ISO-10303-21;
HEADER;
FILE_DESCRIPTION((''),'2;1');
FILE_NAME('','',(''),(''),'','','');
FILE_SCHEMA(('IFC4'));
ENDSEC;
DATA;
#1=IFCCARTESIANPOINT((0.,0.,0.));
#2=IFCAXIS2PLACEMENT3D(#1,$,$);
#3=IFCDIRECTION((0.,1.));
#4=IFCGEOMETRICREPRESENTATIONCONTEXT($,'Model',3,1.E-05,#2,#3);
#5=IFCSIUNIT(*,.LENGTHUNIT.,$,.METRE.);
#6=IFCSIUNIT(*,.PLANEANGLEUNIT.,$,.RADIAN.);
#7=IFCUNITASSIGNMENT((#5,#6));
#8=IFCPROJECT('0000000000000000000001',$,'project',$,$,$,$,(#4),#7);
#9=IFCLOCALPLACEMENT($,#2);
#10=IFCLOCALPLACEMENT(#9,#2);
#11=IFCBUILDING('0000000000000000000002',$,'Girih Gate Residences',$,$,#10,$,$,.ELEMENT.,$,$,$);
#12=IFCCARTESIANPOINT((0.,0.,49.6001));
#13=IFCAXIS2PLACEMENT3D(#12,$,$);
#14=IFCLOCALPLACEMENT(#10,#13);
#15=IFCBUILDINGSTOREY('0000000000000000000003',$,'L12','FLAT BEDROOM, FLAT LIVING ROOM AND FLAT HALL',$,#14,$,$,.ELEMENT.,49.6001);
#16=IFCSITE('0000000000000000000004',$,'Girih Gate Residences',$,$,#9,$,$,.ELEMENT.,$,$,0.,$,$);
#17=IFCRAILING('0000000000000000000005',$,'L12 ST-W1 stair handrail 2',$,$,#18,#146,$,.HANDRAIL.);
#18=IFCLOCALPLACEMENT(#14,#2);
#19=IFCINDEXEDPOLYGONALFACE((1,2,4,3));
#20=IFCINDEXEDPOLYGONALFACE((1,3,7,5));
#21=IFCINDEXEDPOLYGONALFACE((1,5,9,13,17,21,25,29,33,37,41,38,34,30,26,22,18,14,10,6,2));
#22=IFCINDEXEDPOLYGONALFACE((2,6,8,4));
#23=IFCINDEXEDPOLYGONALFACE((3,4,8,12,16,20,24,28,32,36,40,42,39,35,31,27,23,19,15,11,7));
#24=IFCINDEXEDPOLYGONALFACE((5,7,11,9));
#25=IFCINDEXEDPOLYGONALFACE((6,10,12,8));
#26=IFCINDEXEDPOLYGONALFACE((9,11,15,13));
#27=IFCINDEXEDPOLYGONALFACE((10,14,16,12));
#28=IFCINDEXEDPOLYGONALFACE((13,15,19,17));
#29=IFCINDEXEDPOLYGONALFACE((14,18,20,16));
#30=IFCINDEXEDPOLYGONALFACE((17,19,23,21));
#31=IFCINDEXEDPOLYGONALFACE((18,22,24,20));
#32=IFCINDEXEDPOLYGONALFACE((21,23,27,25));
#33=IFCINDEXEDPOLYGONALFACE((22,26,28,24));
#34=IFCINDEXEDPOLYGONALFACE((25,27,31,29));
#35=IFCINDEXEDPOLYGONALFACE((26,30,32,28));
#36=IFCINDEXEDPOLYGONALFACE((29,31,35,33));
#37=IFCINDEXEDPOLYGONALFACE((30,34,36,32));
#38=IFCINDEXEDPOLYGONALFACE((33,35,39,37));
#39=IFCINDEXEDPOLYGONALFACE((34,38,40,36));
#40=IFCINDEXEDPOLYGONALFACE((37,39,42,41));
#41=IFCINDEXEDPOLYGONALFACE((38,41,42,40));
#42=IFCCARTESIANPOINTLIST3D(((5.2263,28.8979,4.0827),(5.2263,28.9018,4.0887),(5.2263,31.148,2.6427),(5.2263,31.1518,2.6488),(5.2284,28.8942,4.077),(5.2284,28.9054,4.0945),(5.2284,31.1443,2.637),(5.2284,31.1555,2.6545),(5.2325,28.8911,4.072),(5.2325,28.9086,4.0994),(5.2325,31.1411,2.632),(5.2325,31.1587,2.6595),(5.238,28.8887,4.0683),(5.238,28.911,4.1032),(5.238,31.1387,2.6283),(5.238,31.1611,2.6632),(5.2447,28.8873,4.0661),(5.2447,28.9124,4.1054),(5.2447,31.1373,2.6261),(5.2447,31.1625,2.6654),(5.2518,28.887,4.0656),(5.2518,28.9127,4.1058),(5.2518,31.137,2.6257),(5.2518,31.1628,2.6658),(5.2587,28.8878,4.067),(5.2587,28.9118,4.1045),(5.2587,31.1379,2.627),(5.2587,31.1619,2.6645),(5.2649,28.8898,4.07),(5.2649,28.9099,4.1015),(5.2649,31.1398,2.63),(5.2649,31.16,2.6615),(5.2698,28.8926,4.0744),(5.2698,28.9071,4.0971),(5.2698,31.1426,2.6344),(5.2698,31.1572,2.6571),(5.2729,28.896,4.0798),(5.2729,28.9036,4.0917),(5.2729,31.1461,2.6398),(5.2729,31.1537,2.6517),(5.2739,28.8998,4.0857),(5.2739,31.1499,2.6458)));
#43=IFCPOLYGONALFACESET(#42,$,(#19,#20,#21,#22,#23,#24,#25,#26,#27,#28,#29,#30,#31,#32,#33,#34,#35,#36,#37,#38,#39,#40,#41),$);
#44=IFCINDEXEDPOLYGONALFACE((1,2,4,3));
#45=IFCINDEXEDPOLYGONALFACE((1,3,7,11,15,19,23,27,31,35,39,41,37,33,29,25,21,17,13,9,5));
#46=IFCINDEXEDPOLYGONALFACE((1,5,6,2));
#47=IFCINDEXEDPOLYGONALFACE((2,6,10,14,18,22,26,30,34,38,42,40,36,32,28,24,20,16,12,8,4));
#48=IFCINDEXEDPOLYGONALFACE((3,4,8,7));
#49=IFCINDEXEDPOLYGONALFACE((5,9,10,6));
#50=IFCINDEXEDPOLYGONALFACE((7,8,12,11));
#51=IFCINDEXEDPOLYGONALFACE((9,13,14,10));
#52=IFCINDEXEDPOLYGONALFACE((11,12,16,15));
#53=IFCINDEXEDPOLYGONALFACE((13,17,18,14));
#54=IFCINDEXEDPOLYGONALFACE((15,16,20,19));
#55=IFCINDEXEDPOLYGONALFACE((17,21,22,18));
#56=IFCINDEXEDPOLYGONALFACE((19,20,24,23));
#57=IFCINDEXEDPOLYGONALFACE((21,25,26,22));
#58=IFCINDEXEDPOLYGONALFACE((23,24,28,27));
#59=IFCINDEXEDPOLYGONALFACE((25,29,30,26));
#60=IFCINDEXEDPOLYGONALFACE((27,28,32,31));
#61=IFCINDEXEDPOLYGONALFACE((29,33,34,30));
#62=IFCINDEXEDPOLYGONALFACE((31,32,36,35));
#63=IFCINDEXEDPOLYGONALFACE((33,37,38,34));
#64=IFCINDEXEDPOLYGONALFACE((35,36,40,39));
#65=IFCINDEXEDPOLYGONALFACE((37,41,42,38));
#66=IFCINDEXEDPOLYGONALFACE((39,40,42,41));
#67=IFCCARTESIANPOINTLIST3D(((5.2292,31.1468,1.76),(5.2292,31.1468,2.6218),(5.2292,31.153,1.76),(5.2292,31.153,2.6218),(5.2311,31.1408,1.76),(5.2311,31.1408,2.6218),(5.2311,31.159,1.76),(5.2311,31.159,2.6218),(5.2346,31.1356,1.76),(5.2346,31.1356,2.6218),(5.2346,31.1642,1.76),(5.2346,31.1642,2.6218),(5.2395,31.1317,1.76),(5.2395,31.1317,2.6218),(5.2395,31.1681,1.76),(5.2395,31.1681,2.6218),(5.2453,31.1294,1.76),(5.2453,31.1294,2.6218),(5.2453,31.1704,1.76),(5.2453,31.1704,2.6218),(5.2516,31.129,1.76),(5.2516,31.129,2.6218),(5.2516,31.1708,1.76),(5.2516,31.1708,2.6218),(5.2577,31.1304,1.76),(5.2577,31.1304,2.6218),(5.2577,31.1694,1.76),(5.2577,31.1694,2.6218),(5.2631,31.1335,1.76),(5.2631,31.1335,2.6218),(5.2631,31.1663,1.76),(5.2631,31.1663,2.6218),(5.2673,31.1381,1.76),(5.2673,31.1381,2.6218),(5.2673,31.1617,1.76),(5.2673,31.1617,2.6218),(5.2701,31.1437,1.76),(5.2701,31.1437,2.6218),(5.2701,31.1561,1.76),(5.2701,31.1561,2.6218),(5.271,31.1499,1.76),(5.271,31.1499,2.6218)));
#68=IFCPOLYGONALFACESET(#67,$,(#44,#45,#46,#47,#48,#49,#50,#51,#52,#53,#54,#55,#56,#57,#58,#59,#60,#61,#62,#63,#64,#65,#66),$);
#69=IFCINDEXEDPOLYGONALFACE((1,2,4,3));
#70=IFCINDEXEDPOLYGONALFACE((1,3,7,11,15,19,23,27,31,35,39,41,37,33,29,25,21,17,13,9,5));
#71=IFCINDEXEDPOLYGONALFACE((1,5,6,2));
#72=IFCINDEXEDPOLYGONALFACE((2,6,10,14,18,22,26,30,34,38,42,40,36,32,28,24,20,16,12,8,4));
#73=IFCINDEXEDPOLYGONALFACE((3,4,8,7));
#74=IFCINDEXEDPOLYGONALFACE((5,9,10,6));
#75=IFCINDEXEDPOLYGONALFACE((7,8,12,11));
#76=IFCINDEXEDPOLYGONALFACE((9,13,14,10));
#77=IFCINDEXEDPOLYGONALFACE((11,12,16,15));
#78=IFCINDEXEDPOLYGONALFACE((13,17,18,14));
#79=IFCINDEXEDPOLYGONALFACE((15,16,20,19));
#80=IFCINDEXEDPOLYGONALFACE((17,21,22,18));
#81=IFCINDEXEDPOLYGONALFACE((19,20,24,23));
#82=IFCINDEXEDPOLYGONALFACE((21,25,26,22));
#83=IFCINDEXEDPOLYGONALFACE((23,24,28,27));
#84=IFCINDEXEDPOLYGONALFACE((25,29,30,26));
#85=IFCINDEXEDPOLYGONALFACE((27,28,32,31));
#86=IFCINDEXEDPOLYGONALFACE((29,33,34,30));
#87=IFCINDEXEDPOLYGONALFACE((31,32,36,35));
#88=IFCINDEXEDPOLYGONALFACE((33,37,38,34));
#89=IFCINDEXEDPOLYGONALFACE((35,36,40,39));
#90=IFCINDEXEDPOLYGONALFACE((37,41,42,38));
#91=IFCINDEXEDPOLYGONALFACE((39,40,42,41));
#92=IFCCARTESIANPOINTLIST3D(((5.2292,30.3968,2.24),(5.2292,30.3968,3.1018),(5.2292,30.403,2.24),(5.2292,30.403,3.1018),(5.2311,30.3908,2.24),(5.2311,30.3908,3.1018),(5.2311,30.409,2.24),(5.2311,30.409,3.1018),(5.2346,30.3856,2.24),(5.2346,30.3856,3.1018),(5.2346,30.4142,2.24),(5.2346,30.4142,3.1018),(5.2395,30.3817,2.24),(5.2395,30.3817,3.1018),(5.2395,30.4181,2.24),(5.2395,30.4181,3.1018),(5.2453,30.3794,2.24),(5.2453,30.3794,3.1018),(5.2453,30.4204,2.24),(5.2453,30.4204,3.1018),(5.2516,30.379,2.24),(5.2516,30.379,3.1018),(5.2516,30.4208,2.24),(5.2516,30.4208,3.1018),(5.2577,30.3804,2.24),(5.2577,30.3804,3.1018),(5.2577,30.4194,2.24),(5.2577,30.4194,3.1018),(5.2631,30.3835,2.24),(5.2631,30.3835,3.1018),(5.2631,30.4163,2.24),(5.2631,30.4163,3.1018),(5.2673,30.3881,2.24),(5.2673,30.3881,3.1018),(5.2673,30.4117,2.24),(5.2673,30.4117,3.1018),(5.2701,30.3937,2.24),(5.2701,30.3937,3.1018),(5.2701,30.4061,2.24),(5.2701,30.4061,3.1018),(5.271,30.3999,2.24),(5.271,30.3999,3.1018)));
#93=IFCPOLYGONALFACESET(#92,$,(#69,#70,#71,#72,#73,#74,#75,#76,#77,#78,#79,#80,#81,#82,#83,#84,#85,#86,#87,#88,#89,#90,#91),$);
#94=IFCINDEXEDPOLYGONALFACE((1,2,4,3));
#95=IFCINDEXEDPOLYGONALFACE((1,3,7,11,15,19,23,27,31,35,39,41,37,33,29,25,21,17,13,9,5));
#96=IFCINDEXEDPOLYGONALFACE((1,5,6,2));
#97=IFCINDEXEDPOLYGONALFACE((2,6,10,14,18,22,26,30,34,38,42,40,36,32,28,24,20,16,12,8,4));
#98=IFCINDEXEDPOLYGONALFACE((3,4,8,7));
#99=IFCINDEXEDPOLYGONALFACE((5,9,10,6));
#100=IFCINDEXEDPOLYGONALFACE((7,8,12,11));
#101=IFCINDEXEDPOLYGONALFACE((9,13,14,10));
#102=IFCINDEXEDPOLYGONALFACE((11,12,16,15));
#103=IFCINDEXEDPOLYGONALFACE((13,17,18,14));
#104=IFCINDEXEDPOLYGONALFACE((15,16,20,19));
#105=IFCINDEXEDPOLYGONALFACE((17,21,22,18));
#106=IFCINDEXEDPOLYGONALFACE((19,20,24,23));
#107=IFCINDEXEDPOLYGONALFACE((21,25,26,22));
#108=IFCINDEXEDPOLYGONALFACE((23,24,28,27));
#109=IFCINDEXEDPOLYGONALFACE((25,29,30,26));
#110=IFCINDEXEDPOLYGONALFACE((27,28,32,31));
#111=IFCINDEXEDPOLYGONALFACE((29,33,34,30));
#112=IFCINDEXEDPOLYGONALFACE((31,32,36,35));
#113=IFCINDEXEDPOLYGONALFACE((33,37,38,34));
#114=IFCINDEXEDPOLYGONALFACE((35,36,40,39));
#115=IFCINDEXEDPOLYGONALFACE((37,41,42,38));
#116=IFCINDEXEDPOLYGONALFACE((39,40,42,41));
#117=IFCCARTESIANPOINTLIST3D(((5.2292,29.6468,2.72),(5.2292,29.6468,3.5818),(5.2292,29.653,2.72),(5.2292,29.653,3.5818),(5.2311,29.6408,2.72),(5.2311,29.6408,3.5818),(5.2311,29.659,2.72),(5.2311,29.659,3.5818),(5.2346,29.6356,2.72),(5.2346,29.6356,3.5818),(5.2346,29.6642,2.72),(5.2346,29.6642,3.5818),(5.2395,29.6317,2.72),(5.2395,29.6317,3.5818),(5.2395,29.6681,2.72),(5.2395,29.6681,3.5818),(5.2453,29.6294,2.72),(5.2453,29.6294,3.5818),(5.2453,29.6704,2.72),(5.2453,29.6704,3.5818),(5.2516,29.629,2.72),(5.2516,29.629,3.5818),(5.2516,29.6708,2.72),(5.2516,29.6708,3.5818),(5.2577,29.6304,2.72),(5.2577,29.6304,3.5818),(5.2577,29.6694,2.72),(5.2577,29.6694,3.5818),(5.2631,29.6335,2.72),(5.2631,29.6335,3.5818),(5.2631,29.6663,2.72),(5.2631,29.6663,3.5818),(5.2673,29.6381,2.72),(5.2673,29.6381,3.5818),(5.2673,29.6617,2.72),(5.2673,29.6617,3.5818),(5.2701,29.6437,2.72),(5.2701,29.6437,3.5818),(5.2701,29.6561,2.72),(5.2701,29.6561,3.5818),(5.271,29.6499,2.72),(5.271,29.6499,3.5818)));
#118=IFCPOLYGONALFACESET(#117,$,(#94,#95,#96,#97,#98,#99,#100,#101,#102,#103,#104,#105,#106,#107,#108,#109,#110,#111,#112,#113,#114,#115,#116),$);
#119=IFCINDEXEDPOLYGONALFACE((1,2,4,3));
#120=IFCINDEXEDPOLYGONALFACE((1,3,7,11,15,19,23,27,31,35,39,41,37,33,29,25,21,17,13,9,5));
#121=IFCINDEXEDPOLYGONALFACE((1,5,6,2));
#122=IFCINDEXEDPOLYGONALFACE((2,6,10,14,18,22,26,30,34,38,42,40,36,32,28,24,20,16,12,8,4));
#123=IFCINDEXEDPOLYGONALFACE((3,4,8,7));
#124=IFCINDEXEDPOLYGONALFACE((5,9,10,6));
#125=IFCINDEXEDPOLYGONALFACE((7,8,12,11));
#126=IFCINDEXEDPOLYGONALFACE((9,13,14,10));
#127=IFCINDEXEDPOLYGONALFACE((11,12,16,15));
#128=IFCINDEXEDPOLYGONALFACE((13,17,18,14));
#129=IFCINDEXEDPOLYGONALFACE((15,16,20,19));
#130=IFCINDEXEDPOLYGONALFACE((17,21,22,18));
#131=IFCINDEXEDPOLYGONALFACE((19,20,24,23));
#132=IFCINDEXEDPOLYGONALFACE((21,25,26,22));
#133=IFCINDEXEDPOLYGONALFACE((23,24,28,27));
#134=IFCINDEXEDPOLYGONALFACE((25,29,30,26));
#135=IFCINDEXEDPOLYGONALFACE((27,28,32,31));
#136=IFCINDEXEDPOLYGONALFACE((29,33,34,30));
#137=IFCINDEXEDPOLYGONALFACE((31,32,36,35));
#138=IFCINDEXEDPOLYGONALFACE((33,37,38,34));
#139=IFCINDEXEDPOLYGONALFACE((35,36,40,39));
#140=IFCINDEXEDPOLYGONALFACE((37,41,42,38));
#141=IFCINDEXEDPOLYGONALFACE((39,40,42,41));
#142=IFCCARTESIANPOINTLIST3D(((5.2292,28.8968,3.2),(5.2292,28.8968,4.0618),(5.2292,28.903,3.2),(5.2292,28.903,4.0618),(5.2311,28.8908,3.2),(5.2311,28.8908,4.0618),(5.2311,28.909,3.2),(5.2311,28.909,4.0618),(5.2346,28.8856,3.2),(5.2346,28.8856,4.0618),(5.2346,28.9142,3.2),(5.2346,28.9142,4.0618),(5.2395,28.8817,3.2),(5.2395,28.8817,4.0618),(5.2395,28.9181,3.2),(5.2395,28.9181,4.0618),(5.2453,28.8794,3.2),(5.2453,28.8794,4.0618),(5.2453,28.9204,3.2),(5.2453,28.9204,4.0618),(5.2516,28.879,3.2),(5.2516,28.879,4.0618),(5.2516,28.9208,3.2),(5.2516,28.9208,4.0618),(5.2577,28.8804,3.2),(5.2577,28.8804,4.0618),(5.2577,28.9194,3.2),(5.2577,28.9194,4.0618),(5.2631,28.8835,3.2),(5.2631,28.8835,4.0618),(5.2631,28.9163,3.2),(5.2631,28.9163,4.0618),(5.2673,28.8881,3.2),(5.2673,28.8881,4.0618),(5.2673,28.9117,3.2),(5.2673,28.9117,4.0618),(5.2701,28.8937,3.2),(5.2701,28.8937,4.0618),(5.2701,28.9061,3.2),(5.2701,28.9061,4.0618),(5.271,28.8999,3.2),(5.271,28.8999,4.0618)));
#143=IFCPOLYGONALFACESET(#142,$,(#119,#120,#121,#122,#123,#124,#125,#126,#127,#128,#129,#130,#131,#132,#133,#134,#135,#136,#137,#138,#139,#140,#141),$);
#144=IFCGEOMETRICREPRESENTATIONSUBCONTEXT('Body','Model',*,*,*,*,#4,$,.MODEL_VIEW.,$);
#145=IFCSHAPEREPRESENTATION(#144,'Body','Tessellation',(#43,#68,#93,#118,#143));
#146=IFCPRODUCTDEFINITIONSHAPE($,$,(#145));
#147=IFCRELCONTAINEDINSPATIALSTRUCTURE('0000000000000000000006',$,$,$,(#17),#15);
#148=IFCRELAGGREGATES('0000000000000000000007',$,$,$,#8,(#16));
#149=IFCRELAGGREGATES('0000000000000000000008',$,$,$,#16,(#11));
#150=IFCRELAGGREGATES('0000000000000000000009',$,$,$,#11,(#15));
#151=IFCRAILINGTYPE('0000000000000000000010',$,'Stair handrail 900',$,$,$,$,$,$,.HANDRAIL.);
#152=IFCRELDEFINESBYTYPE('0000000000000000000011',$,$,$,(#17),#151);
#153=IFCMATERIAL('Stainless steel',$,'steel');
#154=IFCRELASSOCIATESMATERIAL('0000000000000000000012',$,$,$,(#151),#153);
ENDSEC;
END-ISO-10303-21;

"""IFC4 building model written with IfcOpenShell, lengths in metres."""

from ifc_helpers import new_model, si_unit, direction, frame, origin, origin_2d, place, context, subcontext, project, spatial, circle, extrude, material, type_object, element, save


model = new_model("IFC4")

# Units and contexts
model_context = context("Model", 3, precision=1e-05, world=origin(), true_north=direction((0.0, 1.0)))
body_context = subcontext(model_context, "Body", "Model", "MODEL_VIEW")
ifc_project = project(units=[si_unit("LENGTHUNIT", "METRE"), si_unit("PLANEANGLEUNIT", "RADIAN")], contexts=[model_context])

# Site, building, storey
site_placement = place(None, origin())
site = spatial("IfcSite", under=ifc_project, at=site_placement, Name="Girih Gate Residences", CompositionType="ELEMENT", RefElevation=0.0)
building_placement = place(site_placement, origin())
building = spatial("IfcBuilding", under=site, at=building_placement, Name="Girih Gate Residences", CompositionType="ELEMENT")
storey_placement = place(building_placement, frame((0.0, 0.0, 49.6001)))
storey = spatial("IfcBuildingStorey", under=building, at=storey_placement, Name="L12", Description="FLAT BEDROOM, FLAT LIVING ROOM AND FLAT HALL", CompositionType="ELEMENT", Elevation=49.6001)

# Railing
ifc_material_1 = material(Name="Stainless steel", Category="steel")
railing_type_1 = type_object("IfcRailingType", Name="Stair handrail 900", PredefinedType="HANDRAIL", material=ifc_material_1)
railing_1_placement = place(storey_placement, frame((5.25, 31.1499, 1.76)))
element("IfcRailing", 1, at=railing_1_placement, inside=storey, type_object=railing_type_1, Name="L12 ST-W1 stair handrail 2", PredefinedType="HANDRAIL", context=body_context, shape_type="SweptSolid", body=[
    extrude(circle(Radius=0.0239, at=origin_2d()), frame((0.0, 0.0, 0.8857), z_axis=(0.0, -0.842281, 0.539038), x_axis=(1.0, 0.0, 0.0)), (0.0, 0.0, 1.0), 2.6714),
    extrude(circle(Radius=0.021, at=origin_2d()), origin(), (0.0, 0.0, 1.0), 0.8618),
    extrude(circle(Radius=0.021, at=origin_2d()), frame((0.0, -0.75, 0.48)), (0.0, 0.0, 1.0), 0.8618),
    extrude(circle(Radius=0.021, at=origin_2d()), frame((0.0, -1.5, 0.96)), (0.0, 0.0, 1.0), 0.8618),
    extrude(circle(Radius=0.021, at=origin_2d()), frame((0.0, -2.25, 1.4399)), (0.0, 0.0, 1.0), 0.8618),
])

save(model, "model.ifc")
